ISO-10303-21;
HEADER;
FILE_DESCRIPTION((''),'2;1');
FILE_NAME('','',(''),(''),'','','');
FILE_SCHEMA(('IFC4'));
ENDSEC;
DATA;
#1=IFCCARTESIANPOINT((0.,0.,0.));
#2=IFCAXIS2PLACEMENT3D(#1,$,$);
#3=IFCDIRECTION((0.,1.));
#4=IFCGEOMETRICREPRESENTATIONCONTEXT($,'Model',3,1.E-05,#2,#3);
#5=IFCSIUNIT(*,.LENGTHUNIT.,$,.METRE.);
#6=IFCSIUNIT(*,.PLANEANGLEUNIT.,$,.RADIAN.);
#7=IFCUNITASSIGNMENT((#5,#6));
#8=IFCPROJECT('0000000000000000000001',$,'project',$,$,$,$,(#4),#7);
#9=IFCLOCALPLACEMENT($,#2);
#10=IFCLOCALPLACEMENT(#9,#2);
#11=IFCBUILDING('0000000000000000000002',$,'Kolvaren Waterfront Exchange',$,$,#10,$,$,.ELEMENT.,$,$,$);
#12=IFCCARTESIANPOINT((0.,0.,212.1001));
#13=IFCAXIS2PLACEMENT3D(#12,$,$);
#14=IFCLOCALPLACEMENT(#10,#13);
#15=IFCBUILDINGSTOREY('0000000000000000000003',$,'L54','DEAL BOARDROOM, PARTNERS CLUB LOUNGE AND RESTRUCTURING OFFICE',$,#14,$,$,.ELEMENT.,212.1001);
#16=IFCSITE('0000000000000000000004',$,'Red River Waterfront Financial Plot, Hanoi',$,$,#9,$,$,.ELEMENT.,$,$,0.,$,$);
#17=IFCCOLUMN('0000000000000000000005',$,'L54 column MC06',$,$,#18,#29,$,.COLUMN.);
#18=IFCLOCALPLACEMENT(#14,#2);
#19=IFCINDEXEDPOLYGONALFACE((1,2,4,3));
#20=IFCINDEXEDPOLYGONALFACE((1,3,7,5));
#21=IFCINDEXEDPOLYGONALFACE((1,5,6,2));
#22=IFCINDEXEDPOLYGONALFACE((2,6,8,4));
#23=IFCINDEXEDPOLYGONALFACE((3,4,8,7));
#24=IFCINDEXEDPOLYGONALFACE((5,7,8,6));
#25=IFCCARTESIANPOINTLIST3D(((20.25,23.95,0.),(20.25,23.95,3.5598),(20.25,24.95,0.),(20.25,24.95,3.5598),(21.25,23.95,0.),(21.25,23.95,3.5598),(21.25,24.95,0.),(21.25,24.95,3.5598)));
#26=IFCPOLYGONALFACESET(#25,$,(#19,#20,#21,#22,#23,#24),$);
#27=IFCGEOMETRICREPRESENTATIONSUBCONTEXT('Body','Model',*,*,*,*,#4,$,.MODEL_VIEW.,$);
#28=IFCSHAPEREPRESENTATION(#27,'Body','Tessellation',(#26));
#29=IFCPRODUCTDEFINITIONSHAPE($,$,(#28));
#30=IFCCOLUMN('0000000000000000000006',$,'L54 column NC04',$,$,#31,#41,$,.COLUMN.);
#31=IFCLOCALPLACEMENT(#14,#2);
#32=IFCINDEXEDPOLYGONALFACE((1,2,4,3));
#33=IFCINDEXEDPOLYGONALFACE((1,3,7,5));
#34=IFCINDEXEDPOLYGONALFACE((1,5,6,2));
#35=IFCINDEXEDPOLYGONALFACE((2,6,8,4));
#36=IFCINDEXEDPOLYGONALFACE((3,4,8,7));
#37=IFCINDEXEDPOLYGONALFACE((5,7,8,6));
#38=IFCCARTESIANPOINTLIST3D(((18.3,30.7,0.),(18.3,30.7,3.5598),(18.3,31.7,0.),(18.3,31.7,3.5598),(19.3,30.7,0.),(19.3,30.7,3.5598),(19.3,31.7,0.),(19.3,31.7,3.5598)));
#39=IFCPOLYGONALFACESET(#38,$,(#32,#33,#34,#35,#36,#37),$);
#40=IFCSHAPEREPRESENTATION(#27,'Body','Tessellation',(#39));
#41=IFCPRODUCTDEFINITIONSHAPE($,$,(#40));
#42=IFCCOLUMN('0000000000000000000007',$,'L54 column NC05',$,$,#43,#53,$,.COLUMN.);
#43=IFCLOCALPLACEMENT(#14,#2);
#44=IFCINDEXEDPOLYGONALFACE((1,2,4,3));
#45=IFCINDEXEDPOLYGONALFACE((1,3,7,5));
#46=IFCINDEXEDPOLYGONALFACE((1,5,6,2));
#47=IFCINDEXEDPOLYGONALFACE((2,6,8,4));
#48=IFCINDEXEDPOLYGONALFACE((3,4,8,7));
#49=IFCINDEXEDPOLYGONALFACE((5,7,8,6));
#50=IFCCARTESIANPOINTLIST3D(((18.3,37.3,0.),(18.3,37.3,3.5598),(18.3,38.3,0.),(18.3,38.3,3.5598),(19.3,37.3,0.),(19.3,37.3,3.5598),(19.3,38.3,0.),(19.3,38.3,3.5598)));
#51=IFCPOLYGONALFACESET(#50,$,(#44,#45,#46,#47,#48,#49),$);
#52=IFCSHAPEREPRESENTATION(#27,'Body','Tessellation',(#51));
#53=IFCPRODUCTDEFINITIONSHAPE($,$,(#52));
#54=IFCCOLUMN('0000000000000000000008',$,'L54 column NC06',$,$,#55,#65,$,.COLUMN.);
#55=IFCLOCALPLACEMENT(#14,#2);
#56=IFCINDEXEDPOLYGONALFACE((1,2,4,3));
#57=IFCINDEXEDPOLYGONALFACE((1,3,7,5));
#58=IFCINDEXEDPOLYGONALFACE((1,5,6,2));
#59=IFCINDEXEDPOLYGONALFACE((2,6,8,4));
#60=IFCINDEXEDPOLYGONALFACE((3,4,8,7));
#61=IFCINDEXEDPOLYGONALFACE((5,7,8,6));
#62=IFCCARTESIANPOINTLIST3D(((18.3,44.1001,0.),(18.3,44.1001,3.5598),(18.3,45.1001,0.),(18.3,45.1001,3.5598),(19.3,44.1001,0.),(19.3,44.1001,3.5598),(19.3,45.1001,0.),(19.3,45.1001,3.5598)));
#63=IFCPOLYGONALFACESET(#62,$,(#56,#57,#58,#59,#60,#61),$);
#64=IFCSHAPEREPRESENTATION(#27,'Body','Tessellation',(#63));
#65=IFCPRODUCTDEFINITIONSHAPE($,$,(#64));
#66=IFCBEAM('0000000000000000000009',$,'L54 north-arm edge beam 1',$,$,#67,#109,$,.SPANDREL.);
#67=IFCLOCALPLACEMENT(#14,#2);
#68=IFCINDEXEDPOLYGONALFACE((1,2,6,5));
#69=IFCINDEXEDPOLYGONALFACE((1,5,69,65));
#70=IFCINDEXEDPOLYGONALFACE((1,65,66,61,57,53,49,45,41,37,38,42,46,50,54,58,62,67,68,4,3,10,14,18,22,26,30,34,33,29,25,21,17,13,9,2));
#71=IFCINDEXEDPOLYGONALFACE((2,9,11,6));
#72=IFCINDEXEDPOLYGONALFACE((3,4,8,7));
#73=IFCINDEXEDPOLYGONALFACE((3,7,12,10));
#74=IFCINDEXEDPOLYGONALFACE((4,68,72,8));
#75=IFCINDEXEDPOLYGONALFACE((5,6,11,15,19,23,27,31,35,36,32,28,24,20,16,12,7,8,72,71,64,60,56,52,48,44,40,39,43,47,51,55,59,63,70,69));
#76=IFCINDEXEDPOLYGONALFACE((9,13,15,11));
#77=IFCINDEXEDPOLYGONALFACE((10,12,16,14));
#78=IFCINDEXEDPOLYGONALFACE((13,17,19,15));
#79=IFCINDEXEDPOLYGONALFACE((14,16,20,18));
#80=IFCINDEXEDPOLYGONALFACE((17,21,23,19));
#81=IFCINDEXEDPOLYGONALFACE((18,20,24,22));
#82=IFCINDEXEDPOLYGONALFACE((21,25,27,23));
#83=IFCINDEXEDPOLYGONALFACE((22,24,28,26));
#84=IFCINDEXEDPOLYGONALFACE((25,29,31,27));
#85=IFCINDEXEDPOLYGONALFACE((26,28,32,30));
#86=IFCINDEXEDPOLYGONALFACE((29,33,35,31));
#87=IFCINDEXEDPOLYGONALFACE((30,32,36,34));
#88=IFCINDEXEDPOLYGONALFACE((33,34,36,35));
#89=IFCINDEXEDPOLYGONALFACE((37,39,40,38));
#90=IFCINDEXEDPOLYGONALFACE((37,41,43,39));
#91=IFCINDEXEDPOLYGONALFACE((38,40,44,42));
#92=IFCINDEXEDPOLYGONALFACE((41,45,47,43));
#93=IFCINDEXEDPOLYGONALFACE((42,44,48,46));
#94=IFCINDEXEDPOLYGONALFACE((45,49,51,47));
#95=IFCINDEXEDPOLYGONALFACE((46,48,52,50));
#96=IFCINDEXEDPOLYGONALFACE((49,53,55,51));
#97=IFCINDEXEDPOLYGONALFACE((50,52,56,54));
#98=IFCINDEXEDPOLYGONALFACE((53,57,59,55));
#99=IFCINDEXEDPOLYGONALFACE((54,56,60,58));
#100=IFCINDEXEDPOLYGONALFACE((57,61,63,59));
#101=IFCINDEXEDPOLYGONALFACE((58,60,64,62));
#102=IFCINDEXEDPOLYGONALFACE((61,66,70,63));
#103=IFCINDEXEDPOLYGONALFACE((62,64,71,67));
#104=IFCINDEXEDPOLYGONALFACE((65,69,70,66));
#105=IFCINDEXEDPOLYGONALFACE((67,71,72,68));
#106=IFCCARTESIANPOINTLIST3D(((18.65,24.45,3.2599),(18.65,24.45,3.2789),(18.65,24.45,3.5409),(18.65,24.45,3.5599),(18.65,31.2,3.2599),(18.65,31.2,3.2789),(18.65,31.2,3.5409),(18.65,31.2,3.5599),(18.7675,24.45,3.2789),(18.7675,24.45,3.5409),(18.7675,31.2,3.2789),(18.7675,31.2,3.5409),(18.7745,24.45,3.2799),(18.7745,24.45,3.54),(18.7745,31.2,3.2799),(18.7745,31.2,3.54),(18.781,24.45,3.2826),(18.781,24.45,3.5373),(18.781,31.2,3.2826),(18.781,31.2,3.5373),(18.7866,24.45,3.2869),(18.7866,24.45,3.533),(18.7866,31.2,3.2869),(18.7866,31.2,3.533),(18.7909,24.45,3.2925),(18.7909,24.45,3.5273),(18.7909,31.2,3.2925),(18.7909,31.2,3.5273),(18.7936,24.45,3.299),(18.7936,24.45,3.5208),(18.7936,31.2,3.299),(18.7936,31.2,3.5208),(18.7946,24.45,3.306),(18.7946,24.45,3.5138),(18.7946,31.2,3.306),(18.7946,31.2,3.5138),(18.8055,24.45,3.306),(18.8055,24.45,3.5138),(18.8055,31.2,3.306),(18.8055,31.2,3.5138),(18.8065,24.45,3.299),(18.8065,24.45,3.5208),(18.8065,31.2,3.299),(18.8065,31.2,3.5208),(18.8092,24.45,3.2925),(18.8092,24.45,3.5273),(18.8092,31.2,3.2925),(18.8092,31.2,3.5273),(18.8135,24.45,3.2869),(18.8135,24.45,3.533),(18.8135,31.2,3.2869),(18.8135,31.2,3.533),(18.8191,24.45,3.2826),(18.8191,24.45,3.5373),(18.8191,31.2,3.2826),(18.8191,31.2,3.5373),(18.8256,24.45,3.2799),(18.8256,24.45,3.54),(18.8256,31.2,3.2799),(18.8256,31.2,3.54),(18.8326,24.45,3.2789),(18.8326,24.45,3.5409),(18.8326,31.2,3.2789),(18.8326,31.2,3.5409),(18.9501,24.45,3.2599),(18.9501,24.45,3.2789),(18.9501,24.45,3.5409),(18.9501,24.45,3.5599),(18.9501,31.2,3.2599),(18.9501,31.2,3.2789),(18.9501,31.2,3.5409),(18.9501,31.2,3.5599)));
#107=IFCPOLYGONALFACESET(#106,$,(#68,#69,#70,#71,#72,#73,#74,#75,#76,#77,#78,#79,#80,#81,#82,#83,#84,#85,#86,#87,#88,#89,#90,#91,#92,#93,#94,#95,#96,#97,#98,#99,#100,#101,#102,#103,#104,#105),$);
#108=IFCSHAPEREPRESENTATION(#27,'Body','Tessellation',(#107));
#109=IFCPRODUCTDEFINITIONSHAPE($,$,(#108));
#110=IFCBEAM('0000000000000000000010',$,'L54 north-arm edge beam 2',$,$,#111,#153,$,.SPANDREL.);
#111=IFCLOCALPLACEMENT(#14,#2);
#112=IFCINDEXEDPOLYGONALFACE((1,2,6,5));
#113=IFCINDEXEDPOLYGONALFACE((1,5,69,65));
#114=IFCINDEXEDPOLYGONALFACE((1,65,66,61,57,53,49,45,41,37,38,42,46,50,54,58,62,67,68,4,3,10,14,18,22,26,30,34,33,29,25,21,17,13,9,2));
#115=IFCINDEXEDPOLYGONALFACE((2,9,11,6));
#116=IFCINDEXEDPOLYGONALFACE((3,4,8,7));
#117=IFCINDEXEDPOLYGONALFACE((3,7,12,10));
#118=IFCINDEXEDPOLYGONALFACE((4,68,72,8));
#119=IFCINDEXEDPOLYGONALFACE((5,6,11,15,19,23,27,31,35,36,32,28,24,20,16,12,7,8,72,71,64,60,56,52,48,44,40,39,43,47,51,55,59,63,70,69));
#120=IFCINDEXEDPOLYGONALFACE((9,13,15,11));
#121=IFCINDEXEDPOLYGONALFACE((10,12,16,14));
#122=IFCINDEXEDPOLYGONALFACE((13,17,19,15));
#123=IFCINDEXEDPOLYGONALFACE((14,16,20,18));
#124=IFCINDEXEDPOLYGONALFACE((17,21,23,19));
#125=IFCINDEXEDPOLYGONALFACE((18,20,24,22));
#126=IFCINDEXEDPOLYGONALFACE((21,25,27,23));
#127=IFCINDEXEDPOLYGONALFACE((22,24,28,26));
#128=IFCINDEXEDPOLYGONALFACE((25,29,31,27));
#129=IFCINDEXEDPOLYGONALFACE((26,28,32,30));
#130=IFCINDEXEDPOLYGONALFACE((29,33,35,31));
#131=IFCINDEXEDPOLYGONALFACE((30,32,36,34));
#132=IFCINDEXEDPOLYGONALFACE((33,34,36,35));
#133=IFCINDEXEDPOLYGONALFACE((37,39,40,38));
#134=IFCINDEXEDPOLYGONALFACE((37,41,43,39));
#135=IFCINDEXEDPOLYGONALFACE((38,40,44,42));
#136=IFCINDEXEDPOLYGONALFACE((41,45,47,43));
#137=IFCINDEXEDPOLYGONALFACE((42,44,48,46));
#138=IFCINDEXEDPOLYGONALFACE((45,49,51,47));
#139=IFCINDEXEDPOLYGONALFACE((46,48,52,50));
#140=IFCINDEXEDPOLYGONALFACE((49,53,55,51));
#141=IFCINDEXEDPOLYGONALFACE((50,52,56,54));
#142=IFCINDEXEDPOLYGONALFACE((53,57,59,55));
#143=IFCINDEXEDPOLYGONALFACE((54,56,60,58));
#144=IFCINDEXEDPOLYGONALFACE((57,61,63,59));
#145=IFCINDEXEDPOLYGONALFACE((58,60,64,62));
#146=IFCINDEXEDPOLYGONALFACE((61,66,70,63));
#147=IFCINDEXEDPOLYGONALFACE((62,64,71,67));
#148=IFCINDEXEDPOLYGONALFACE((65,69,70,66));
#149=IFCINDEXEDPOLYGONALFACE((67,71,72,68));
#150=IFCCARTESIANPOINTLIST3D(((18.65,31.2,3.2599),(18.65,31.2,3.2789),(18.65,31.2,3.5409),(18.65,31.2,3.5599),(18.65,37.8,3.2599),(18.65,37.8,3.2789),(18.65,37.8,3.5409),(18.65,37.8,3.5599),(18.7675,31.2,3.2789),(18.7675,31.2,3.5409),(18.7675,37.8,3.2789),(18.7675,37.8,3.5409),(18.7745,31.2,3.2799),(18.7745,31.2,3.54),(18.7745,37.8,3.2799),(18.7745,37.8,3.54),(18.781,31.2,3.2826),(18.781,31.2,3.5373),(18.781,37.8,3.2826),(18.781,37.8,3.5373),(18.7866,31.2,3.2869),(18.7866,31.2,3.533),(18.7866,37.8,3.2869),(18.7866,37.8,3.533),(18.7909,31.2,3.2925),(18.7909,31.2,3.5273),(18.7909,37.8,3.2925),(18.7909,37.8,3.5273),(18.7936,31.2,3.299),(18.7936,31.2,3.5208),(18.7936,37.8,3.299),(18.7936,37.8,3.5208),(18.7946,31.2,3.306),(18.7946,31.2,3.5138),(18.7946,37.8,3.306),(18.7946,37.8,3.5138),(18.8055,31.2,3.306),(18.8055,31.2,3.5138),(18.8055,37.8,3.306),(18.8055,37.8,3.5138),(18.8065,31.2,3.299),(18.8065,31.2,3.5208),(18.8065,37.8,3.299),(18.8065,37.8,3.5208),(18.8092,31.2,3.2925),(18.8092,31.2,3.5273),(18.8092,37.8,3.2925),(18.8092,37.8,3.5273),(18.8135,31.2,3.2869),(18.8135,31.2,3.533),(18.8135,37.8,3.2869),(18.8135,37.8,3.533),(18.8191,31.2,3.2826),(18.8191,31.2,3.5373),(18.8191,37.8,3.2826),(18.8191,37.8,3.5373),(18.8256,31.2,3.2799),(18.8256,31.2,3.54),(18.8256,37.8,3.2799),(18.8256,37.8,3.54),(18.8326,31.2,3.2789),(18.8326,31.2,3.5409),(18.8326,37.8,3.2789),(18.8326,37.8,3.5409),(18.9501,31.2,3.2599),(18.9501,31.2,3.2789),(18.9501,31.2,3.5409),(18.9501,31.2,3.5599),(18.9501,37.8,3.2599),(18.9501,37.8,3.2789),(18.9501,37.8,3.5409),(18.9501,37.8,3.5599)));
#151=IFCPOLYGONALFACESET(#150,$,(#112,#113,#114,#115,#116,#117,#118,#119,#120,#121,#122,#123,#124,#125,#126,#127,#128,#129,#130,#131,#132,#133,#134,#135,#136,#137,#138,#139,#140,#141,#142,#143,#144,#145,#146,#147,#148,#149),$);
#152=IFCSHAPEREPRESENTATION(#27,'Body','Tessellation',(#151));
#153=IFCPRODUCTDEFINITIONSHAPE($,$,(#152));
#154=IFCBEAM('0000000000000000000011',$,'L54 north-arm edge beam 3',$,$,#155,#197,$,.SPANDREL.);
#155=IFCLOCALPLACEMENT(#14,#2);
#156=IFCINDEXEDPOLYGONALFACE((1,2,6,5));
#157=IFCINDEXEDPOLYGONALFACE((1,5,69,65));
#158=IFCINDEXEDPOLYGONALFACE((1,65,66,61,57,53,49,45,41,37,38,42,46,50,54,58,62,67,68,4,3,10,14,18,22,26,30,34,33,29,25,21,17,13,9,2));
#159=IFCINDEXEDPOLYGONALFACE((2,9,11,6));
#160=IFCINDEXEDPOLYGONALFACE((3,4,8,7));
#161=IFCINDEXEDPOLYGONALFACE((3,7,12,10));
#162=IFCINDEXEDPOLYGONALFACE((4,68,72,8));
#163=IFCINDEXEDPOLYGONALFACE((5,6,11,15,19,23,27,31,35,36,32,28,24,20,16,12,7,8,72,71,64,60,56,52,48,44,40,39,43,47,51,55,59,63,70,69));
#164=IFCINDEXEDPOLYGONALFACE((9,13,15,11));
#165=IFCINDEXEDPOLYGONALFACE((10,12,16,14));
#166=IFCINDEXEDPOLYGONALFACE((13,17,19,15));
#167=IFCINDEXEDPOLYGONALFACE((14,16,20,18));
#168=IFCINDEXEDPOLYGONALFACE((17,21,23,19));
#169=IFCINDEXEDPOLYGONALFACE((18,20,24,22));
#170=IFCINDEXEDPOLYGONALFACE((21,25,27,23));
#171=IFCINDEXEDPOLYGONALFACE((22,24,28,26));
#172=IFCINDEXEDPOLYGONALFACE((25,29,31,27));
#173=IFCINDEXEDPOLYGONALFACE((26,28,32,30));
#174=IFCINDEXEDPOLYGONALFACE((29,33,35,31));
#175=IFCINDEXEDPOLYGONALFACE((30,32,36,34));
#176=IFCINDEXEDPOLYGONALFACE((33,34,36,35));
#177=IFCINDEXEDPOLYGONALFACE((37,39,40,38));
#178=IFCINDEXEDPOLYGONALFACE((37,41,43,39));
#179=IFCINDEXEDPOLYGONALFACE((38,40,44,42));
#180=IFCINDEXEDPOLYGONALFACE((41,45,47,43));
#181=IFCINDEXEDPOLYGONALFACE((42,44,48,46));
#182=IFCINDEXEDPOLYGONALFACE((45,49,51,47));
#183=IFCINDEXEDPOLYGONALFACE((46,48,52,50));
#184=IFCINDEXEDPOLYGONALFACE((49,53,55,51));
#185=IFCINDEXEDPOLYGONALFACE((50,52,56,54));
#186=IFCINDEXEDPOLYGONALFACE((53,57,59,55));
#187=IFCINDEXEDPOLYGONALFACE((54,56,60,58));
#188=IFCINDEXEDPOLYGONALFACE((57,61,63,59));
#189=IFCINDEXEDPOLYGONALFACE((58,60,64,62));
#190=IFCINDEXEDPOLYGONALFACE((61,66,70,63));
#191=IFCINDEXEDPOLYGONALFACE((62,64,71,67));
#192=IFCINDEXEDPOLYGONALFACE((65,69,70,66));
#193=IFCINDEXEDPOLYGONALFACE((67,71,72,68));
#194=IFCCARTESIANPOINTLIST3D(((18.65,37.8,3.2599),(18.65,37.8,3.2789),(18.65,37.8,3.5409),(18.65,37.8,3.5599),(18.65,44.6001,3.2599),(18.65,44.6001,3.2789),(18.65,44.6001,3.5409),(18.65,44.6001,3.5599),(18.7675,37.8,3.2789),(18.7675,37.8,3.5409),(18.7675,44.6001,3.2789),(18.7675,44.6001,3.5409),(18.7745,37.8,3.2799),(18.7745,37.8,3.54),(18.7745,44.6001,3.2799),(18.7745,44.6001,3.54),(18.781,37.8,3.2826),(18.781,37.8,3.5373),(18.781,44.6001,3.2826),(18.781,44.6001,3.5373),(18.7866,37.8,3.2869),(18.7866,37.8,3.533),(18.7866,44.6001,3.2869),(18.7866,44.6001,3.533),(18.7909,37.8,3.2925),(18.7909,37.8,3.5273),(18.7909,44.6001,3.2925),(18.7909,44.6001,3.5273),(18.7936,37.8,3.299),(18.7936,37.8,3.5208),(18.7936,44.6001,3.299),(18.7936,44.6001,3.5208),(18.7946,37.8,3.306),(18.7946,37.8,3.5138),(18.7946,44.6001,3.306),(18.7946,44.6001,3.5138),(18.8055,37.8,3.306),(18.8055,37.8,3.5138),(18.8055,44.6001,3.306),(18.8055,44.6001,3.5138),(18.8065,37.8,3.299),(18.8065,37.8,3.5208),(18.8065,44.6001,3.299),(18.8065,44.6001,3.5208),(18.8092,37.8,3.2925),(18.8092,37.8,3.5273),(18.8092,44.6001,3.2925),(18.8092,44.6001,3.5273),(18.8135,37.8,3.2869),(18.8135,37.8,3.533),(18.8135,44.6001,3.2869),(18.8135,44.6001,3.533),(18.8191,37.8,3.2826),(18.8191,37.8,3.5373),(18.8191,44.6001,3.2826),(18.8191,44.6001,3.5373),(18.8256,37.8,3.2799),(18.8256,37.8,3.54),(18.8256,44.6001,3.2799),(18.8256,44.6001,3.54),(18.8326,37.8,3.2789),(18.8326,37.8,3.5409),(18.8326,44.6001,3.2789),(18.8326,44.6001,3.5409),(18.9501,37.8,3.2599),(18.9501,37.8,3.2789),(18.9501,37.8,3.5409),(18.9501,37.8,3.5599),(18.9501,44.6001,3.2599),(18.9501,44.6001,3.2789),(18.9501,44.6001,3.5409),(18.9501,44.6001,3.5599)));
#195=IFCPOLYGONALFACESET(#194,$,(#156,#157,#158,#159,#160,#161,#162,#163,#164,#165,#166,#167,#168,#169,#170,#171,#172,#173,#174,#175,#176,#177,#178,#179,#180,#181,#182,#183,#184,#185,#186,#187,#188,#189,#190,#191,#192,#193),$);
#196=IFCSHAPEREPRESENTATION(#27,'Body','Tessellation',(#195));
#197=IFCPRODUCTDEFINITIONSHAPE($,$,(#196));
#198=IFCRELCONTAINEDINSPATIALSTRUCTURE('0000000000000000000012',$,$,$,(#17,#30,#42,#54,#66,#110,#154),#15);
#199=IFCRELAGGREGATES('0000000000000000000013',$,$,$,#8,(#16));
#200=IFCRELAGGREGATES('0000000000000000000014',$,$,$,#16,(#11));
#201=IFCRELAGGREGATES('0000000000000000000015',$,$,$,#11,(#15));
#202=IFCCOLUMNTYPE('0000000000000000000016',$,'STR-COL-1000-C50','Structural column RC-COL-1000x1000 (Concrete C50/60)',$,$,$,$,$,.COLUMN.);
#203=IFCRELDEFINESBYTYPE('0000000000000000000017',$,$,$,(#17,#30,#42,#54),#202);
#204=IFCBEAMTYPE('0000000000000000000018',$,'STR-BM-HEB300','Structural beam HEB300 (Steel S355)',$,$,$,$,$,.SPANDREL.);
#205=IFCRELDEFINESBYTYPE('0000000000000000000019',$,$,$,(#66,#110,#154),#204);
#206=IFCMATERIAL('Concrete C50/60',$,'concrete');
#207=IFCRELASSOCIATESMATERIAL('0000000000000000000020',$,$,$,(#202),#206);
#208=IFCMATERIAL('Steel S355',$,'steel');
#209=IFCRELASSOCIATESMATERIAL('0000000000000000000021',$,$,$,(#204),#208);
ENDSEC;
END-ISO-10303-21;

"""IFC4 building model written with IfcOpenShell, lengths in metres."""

from ifc_helpers import new_model, si_unit, direction, frame, origin, origin_2d, place, context, subcontext, project, spatial, rectangle, i_section, extrude, material, material_profile, profile_set, type_object, element, save


model = new_model("IFC4")

# Units and contexts
model_context = context("Model", 3, precision=1e-05, world=origin(), true_north=direction((0.0, 1.0)))
body_context = subcontext(model_context, "Body", "Model", "MODEL_VIEW")
ifc_project = project(units=[si_unit("LENGTHUNIT", "METRE"), si_unit("PLANEANGLEUNIT", "RADIAN")], contexts=[model_context])

# Site, building, storey
site_placement = place(None, origin())
site = spatial("IfcSite", under=ifc_project, at=site_placement, Name="Red River Waterfront Financial Plot, Hanoi", CompositionType="ELEMENT", RefElevation=0.0)
building_placement = place(site_placement, origin())
building = spatial("IfcBuilding", under=site, at=building_placement, Name="Kolvaren Waterfront Exchange", CompositionType="ELEMENT")
storey_placement = place(building_placement, frame((0.0, 0.0, 212.1001)))
storey = spatial("IfcBuildingStorey", under=building, at=storey_placement, Name="L54", Description="DEAL BOARDROOM, PARTNERS CLUB LOUNGE AND RESTRUCTURING OFFICE", CompositionType="ELEMENT", Elevation=212.1001)

# Columns
ifc_material_1 = material(Name="Concrete C50/60", Category="concrete")
ifc_material_profile_1 = material_profile(ifc_material_1, rectangle(XDim=1.0, YDim=1.0, at=origin_2d()), Name="RC-COL-1000x1000")
ifc_profile_set_1 = profile_set([ifc_material_profile_1], Name="Concrete C50/60")
column_type = type_object("IfcColumnType", Name="STR-COL-1000-C50", Description="Structural column RC-COL-1000x1000 (Concrete C50/60)", PredefinedType="COLUMN", material=ifc_profile_set_1)
for number, where, z_axis, x_axis, name in (
    (1, (20.75, 24.45, 0.0), (0.0, 0.0, 1.0), (1.0, 0.0, 0.0), "L54 column MC06"),
    (2, (18.8, 31.2, 0.0), (0.0, 0.0, 1.0), (1.0, 0.0, 0.0), "L54 column NC04"),
    (3, (18.8, 37.8, 0.0), (0.0, 0.0, 1.0), (1.0, 0.0, 0.0), "L54 column NC05"),
    (4, (18.8, 44.6001, 0.0), (0.0, 0.0, 1.0), (1.0, 0.0, 0.0), "L54 column NC06"),
):
    element("IfcColumn", number, at=place(storey_placement, frame(where, z_axis=z_axis, x_axis=x_axis)), inside=storey, type_object=column_type, Name=name, PredefinedType="COLUMN", context=body_context, shape_type="SweptSolid", body=[
        extrude(rectangle(XDim=1.0, YDim=1.0, at=origin_2d()), origin(), (0.0, 0.0, 1.0), 3.5598),
    ])

# Beams
ifc_material_2 = material(Name="Steel S355", Category="steel")
ifc_material_profile_2 = material_profile(ifc_material_2, i_section(OverallWidth=0.3, OverallDepth=0.3, WebThickness=0.011, FlangeThickness=0.019, FilletRadius=0.0271, at=origin_2d()), Name="HEB300")
ifc_profile_set_2 = profile_set([ifc_material_profile_2], Name="Steel S355")
beam_type = type_object("IfcBeamType", Name="STR-BM-HEB300", Description="Structural beam HEB300 (Steel S355)", PredefinedType="SPANDREL", material=ifc_profile_set_2)
beam_1_placement = place(storey_placement, frame((18.8, 24.45, 3.4099), z_axis=(0.0, 1.0, 0.0), x_axis=(-1.0, 0.0, 0.0)))
element("IfcBeam", 5, at=beam_1_placement, inside=storey, type_object=beam_type, Name="L54 north-arm edge beam 1", PredefinedType="SPANDREL", context=body_context, shape_type="SweptSolid", body=[
    extrude(i_section(OverallWidth=0.3, OverallDepth=0.3, WebThickness=0.011, FlangeThickness=0.019, FilletRadius=0.0271, at=origin_2d()), origin(), (0.0, 0.0, 1.0), 6.75),
])
beam_2_placement = place(storey_placement, frame((18.8, 31.2, 3.4099), z_axis=(0.0, 1.0, 0.0), x_axis=(-1.0, 0.0, 0.0)))
element("IfcBeam", 6, at=beam_2_placement, inside=storey, type_object=beam_type, Name="L54 north-arm edge beam 2", PredefinedType="SPANDREL", context=body_context, shape_type="SweptSolid", body=[
    extrude(i_section(OverallWidth=0.3, OverallDepth=0.3, WebThickness=0.011, FlangeThickness=0.019, FilletRadius=0.0271, at=origin_2d()), origin(), (0.0, 0.0, 1.0), 6.6001),
])
beam_3_placement = place(storey_placement, frame((18.8, 37.8, 3.4099), z_axis=(0.0, 1.0, 0.0), x_axis=(-1.0, 0.0, 0.0)))
element("IfcBeam", 7, at=beam_3_placement, inside=storey, type_object=beam_type, Name="L54 north-arm edge beam 3", PredefinedType="SPANDREL", context=body_context, shape_type="SweptSolid", body=[
    extrude(i_section(OverallWidth=0.3, OverallDepth=0.3, WebThickness=0.011, FlangeThickness=0.019, FilletRadius=0.0271, at=origin_2d()), origin(), (0.0, 0.0, 1.0), 6.8),
])

save(model, "model.ifc")
